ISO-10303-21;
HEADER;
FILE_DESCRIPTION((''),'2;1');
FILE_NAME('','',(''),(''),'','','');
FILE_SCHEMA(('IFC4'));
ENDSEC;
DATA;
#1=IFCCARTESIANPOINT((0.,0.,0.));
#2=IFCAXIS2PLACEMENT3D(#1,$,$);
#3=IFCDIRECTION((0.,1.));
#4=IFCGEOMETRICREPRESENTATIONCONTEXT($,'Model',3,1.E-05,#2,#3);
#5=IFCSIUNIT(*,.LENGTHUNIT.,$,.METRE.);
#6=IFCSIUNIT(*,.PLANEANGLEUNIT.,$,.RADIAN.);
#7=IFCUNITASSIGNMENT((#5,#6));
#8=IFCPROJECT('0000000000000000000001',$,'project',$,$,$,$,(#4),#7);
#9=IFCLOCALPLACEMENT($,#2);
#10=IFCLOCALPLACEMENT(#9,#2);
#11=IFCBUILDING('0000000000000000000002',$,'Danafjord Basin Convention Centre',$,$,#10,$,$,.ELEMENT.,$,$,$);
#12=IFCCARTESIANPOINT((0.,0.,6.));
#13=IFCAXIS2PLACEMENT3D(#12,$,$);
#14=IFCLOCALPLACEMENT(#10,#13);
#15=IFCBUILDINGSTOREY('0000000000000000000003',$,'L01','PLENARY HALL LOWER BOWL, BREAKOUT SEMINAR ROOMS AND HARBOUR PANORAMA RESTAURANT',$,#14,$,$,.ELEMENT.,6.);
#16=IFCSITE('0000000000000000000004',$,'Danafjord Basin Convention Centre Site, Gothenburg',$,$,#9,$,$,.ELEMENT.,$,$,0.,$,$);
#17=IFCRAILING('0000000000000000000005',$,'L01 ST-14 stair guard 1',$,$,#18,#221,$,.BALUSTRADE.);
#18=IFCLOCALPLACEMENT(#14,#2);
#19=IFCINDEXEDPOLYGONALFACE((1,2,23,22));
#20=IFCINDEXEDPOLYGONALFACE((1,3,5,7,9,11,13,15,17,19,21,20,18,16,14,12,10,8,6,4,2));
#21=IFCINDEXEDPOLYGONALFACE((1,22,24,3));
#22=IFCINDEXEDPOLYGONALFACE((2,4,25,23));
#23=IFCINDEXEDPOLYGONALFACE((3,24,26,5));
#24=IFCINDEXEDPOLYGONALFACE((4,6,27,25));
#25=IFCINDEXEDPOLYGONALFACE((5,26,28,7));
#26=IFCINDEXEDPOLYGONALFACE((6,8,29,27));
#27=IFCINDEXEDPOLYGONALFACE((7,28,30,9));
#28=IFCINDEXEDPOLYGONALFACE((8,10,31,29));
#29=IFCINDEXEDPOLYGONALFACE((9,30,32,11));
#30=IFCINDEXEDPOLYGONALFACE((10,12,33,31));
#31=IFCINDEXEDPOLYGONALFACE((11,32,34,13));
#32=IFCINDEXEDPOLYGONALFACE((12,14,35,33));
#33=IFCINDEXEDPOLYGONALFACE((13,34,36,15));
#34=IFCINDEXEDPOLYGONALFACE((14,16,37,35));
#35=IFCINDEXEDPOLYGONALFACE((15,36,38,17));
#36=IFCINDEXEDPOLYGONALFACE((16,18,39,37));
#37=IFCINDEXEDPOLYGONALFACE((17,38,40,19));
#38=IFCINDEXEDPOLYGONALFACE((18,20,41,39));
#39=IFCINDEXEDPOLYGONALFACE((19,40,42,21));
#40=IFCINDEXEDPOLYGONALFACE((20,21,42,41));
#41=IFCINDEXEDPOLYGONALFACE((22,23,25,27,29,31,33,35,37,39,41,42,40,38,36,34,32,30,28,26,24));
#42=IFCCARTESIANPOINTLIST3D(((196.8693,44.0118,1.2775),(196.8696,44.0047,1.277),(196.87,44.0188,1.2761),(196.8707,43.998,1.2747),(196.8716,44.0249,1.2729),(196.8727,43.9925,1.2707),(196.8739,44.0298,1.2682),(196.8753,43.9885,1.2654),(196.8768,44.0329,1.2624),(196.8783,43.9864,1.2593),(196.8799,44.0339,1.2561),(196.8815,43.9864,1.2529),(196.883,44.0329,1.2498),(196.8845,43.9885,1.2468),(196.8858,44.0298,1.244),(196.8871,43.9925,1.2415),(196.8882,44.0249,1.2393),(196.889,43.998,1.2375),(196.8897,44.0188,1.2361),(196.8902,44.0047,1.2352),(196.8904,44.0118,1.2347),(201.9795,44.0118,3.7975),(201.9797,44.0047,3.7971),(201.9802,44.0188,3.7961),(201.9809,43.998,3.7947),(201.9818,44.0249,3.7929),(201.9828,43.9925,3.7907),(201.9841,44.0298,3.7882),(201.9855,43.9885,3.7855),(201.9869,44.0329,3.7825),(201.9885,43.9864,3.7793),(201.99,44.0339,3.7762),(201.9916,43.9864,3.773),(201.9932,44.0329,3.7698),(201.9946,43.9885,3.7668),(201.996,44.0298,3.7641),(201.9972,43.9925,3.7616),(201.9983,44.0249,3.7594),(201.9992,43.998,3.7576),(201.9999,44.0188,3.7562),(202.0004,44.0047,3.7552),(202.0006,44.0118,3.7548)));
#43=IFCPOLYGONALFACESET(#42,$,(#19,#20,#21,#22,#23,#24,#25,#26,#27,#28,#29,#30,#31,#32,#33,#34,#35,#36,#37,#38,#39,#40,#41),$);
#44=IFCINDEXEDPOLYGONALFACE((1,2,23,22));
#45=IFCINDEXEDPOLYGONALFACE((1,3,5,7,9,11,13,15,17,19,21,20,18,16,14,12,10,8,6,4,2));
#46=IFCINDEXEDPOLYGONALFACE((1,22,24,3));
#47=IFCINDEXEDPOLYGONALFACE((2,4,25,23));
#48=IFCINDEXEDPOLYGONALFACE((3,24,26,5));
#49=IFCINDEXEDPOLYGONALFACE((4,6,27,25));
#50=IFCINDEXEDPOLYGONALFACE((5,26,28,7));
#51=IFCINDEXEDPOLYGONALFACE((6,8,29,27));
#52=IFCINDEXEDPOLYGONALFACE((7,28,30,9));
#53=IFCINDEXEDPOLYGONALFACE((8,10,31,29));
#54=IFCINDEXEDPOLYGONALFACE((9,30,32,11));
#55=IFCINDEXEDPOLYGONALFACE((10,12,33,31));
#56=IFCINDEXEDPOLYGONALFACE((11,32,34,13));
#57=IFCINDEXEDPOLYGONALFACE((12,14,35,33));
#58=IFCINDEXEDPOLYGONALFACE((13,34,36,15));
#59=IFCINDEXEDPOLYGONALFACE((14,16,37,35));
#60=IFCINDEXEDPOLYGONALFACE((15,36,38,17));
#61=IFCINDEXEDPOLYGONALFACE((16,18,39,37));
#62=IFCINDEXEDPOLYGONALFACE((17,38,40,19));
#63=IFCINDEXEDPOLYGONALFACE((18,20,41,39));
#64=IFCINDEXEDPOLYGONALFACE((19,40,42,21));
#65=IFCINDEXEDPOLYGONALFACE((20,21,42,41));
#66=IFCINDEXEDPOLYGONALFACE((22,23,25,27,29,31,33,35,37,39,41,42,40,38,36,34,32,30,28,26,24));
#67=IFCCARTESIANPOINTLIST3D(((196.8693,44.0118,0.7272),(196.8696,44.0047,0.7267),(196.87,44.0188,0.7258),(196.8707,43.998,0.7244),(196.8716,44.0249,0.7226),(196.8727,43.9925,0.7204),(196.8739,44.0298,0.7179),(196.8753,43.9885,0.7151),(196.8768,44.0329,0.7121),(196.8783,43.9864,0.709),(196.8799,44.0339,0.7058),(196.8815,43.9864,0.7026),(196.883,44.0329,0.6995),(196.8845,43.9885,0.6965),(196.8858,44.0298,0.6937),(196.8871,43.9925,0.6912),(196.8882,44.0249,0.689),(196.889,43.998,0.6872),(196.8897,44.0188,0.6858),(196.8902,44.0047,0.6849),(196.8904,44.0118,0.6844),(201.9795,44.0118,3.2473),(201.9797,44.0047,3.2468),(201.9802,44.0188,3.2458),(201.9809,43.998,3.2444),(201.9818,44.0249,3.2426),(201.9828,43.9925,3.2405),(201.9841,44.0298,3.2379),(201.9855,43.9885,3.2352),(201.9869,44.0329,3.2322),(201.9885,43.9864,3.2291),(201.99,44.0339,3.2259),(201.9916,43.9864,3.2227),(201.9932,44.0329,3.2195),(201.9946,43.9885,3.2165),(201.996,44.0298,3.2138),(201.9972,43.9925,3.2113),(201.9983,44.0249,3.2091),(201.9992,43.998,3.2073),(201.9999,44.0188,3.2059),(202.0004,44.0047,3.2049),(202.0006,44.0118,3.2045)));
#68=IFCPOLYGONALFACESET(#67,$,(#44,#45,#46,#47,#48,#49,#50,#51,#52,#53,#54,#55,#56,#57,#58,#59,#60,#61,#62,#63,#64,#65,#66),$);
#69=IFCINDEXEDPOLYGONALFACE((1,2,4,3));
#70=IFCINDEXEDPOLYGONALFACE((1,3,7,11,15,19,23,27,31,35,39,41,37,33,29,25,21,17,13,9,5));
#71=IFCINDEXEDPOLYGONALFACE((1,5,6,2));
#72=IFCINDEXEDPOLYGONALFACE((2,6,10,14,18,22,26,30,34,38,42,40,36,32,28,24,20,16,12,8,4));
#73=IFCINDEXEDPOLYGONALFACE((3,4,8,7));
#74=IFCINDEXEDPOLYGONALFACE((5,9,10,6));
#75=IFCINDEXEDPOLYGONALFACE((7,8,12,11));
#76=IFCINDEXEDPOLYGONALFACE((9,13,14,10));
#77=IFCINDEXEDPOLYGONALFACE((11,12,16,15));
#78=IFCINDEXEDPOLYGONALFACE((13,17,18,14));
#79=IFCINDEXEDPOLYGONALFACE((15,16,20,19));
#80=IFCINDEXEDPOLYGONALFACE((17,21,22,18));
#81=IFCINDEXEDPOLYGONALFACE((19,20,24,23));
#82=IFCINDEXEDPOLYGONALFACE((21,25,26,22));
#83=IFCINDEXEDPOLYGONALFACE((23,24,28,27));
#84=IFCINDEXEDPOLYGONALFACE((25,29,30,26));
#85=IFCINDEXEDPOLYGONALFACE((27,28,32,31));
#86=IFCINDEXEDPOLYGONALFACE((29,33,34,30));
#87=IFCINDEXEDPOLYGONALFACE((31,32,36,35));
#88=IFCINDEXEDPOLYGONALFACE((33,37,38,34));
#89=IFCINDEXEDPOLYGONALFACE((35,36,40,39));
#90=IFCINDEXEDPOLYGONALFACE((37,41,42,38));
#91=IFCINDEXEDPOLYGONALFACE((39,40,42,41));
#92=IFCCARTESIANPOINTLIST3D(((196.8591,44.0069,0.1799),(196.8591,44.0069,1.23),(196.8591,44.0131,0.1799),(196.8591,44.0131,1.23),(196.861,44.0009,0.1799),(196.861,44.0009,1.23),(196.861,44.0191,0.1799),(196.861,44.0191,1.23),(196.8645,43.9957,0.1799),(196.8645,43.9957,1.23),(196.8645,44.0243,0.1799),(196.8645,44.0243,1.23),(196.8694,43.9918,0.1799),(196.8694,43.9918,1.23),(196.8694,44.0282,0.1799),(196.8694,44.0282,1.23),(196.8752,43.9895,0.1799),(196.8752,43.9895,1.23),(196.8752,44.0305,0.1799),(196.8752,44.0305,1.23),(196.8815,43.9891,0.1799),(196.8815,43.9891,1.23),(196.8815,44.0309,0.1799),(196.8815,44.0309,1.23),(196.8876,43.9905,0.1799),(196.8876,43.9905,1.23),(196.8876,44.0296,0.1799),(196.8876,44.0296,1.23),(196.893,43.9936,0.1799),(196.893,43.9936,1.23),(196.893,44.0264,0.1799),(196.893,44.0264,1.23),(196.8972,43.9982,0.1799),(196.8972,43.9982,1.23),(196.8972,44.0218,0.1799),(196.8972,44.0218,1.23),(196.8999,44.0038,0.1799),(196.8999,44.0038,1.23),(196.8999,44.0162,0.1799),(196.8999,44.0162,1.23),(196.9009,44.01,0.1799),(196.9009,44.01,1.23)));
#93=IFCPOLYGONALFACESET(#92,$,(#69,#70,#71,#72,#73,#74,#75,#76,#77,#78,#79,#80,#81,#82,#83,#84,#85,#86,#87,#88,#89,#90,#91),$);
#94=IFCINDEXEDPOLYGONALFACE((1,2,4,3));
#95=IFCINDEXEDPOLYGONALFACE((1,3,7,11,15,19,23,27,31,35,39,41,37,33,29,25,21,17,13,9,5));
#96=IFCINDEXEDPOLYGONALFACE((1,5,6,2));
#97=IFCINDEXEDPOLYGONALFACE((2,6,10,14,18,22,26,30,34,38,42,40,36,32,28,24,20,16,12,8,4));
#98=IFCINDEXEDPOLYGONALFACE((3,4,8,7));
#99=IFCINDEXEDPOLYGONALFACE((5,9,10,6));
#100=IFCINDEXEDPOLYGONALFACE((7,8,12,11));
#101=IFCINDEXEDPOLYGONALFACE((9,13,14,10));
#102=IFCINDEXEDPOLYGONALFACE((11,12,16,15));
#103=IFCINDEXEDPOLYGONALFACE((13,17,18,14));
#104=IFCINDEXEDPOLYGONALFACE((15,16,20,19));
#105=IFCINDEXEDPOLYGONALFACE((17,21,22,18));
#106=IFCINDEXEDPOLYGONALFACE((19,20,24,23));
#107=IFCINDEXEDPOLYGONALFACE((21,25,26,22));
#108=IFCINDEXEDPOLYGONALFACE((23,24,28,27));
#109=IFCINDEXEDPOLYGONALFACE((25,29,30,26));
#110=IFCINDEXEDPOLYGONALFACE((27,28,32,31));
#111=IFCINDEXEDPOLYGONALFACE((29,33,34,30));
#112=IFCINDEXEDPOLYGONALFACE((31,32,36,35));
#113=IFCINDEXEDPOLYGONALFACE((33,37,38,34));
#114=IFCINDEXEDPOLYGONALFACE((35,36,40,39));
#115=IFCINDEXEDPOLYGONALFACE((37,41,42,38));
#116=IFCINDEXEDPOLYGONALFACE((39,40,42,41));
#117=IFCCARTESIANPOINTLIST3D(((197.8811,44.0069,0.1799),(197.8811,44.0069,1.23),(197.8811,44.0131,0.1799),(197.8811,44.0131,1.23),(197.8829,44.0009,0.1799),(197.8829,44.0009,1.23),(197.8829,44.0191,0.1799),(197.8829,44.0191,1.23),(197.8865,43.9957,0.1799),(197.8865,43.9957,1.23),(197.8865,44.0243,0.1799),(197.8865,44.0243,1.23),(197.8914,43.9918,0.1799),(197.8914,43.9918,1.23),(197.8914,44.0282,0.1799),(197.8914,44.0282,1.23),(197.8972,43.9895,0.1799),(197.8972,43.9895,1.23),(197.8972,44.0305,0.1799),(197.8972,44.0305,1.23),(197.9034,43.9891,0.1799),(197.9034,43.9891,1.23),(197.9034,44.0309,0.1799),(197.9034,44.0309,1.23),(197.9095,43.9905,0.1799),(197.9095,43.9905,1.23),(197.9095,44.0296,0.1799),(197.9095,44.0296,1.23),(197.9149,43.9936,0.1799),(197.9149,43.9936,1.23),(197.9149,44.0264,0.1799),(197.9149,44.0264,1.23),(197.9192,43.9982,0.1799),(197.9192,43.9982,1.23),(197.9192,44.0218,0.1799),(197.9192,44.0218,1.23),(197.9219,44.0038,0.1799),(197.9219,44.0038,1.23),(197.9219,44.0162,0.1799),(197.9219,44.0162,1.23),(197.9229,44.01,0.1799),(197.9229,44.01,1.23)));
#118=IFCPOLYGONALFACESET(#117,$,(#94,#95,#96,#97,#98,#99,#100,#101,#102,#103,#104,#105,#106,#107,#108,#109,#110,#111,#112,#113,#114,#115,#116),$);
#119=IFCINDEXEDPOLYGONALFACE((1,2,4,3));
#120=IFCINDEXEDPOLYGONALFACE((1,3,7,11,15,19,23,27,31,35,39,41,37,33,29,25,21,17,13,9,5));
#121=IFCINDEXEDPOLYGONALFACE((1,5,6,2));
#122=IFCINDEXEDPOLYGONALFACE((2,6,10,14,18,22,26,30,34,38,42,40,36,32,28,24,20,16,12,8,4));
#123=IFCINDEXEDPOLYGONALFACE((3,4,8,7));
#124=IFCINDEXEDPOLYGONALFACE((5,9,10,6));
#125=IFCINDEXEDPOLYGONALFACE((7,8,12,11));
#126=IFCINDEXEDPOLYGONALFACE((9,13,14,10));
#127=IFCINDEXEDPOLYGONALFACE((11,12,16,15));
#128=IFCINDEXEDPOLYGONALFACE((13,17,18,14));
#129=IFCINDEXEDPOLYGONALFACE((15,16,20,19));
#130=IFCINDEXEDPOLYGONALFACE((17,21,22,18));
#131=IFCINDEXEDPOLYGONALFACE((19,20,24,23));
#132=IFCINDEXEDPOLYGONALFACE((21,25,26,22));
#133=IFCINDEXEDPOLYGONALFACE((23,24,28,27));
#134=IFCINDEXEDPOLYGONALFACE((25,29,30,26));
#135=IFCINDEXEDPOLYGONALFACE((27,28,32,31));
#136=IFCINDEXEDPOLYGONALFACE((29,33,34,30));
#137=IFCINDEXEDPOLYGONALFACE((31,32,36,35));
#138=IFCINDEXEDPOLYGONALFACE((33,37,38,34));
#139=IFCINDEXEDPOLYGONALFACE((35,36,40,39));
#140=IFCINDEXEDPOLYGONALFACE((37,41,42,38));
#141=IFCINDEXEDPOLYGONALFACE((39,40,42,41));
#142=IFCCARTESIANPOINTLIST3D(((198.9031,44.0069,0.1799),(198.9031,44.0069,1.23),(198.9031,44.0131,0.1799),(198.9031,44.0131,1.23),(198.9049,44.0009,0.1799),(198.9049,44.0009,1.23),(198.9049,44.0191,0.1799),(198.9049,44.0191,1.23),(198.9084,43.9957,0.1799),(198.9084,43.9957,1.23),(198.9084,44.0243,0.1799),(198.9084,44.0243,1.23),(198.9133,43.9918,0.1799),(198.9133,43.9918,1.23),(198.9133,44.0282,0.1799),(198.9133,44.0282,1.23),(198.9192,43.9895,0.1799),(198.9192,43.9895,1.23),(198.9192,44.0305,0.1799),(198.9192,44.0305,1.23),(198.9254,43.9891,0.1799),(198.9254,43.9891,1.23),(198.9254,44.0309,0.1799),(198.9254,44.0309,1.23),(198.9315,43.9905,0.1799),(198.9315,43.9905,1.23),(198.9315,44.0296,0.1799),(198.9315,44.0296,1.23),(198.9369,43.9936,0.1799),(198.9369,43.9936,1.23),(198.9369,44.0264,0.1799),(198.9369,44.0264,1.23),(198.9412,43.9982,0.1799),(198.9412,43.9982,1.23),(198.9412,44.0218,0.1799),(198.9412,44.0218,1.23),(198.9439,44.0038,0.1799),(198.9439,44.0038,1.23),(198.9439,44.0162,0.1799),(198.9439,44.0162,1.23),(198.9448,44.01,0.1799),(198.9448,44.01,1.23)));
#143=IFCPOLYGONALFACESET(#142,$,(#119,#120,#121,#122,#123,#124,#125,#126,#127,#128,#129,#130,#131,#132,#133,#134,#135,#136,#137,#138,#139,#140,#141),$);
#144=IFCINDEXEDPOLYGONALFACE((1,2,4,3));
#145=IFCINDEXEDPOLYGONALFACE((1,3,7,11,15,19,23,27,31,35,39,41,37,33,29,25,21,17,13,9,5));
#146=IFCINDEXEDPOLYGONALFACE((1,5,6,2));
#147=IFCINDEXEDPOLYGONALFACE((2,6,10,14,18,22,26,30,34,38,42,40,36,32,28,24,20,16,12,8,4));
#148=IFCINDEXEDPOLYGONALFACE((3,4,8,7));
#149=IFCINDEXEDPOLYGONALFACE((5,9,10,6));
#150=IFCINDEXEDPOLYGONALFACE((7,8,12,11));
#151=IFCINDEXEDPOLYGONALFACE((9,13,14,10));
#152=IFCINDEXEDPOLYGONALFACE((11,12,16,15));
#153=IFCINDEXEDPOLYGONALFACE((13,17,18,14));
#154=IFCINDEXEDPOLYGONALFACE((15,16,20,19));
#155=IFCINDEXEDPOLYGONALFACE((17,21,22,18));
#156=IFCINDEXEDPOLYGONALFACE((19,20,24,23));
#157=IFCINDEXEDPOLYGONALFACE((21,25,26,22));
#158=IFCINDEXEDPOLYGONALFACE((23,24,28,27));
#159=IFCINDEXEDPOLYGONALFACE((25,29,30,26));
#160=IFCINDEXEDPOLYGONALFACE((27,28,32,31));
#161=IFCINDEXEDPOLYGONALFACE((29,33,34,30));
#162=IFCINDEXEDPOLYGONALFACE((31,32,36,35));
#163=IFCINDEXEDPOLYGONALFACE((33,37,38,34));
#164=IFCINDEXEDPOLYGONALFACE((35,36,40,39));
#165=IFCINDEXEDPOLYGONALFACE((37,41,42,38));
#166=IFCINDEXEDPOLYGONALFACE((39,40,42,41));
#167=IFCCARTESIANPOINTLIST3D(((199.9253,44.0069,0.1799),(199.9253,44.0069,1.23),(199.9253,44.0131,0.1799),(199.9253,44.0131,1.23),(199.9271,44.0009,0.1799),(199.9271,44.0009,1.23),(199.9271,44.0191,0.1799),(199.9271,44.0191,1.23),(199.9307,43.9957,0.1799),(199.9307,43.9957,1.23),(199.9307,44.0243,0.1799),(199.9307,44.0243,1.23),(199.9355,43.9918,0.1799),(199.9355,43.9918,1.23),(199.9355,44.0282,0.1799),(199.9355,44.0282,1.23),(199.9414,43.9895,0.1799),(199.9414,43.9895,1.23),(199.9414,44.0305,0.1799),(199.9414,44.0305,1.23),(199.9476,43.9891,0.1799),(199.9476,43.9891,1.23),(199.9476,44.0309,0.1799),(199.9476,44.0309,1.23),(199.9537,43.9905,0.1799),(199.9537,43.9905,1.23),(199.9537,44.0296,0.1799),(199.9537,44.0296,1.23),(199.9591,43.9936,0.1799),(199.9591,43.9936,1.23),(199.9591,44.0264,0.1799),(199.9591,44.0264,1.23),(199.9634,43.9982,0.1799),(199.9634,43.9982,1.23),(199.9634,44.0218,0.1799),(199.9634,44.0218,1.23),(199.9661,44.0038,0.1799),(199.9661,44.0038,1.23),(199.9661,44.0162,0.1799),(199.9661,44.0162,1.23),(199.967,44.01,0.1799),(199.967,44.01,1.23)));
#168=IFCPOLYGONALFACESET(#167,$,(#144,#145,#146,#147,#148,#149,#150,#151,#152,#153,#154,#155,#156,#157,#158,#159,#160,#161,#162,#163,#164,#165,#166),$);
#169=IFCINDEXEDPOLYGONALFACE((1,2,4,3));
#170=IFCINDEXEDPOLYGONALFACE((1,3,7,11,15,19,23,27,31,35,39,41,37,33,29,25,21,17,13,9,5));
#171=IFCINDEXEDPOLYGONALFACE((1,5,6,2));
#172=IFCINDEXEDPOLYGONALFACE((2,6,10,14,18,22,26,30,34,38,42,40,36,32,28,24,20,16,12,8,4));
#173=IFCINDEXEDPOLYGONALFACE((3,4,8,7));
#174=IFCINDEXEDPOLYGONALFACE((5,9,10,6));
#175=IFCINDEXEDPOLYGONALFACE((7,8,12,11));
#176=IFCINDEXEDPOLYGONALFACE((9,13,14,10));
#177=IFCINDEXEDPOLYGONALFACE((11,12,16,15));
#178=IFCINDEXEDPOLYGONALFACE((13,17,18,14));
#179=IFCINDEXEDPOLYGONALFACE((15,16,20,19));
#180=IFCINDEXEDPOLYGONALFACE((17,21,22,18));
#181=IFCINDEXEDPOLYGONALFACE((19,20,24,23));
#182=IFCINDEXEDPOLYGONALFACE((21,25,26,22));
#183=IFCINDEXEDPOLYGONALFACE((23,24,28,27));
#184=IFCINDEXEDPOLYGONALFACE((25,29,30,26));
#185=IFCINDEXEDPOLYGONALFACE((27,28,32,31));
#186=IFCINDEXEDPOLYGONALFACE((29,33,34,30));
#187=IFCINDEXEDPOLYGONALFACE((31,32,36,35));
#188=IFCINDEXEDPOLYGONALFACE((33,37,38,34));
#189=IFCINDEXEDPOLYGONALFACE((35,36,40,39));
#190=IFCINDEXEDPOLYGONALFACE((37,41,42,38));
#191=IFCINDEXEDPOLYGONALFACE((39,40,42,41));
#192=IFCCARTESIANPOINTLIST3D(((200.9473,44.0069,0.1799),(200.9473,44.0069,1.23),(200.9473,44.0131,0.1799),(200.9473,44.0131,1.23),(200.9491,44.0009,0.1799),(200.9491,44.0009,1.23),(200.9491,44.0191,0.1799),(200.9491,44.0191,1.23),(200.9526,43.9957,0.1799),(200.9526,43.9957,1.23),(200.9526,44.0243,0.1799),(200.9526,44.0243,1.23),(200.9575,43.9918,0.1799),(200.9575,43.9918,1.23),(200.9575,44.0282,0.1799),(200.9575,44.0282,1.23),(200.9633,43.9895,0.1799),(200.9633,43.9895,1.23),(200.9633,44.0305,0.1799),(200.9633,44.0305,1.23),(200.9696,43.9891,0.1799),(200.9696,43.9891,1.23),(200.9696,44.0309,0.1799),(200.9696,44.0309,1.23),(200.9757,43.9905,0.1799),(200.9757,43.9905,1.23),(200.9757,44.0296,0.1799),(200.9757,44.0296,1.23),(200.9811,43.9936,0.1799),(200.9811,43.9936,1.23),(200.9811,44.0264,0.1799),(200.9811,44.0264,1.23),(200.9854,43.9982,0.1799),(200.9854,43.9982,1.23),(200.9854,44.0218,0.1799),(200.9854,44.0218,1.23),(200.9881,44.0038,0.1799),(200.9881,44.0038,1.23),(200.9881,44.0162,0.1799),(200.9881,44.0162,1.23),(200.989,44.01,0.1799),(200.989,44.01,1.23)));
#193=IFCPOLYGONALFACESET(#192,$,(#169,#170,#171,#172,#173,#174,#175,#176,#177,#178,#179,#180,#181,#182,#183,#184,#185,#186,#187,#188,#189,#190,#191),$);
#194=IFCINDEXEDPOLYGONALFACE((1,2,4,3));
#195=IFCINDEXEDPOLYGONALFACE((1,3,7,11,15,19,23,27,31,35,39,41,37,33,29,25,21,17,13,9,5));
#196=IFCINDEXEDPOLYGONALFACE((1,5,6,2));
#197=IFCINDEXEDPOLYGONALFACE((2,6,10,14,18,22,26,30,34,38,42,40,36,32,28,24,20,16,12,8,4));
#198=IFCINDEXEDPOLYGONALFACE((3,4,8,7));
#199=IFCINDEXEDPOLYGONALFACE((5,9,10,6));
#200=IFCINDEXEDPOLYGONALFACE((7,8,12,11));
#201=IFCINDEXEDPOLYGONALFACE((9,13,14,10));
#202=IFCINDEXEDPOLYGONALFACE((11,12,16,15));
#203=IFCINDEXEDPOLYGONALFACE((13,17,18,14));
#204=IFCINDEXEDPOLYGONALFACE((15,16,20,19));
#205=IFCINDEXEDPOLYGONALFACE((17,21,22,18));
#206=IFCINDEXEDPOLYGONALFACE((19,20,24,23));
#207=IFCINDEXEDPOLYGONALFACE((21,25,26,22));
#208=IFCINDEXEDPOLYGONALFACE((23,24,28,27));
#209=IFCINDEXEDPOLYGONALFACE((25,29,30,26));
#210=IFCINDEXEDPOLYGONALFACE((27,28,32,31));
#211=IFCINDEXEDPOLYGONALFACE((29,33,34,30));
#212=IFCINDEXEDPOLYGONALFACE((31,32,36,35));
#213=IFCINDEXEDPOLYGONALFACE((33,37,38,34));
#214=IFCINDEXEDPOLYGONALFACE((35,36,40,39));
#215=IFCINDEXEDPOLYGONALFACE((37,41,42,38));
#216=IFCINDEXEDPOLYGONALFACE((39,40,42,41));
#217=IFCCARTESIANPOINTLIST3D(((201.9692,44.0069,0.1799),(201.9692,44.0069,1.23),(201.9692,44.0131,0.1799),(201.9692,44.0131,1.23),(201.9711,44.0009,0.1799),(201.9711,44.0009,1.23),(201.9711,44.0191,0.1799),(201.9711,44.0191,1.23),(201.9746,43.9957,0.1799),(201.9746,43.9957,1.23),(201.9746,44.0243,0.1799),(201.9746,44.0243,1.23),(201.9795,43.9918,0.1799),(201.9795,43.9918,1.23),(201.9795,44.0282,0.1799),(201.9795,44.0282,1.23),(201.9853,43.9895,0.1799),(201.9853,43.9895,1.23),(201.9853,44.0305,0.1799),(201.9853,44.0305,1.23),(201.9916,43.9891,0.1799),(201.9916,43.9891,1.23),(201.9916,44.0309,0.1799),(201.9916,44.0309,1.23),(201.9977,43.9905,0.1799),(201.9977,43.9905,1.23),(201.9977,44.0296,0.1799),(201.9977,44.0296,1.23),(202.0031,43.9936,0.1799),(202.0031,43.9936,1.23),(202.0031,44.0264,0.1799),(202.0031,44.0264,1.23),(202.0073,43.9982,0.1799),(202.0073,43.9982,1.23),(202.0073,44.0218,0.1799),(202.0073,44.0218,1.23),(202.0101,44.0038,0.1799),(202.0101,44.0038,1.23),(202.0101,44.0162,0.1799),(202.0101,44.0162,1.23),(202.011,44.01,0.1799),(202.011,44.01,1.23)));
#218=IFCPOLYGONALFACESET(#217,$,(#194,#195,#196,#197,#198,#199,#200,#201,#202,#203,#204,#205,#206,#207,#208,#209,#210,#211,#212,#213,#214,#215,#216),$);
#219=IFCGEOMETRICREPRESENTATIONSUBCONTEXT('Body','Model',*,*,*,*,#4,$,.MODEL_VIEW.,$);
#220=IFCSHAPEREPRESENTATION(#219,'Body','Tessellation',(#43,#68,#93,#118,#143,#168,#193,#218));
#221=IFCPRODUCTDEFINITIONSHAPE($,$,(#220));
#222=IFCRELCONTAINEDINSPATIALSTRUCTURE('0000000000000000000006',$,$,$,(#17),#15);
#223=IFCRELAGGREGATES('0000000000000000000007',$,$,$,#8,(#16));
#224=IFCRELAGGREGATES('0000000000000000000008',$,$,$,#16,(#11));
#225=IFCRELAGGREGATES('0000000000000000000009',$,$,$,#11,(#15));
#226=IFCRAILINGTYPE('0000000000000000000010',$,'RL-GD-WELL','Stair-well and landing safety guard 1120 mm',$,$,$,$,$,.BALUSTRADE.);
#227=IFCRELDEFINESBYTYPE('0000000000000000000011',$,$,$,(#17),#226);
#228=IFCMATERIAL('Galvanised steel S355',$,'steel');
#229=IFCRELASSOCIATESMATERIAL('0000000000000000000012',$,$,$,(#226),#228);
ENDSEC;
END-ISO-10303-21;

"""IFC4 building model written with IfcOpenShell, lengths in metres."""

from ifc_helpers import new_model, si_unit, direction, frame, origin, origin_2d, place, context, subcontext, project, spatial, circle, extrude, material, type_object, element, save


model = new_model("IFC4")

# Units and contexts
model_context = context("Model", 3, precision=1e-05, world=origin(), true_north=direction((0.0, 1.0)))
body_context = subcontext(model_context, "Body", "Model", "MODEL_VIEW")
ifc_project = project(units=[si_unit("LENGTHUNIT", "METRE"), si_unit("PLANEANGLEUNIT", "RADIAN")], contexts=[model_context])

# Site, building, storey
site_placement = place(None, origin())
site = spatial("IfcSite", under=ifc_project, at=site_placement, Name="Danafjord Basin Convention Centre Site, Gothenburg", CompositionType="ELEMENT", RefElevation=0.0)
building_placement = place(site_placement, origin())
building = spatial("IfcBuilding", under=site, at=building_placement, Name="Danafjord Basin Convention Centre", CompositionType="ELEMENT")
storey_placement = place(building_placement, frame((0.0, 0.0, 6.0)))
storey = spatial("IfcBuildingStorey", under=building, at=storey_placement, Name="L01", Description="PLENARY HALL LOWER BOWL, BREAKOUT SEMINAR ROOMS AND HARBOUR PANORAMA RESTAURANT", CompositionType="ELEMENT", Elevation=6.0)

# Railing
ifc_material_1 = material(Name="Galvanised steel S355", Category="steel")
railing_type_1 = type_object("IfcRailingType", Name="RL-GD-WELL", Description="Stair-well and landing safety guard 1120 mm", PredefinedType="BALUSTRADE", material=ifc_material_1)
railing_1_placement = place(storey_placement, frame((196.8799, 44.01, 0.1799)))
element("IfcRailing", 1, at=railing_1_placement, inside=storey, type_object=railing_type_1, Name="L01 ST-14 stair guard 1", PredefinedType="BALUSTRADE", context=body_context, shape_type="SweptSolid", body=[
    extrude(circle(Radius=0.0239, at=origin_2d()), frame((0.0, 0.0, 1.0762), z_axis=(0.896873, 0.0, 0.442288), x_axis=(0.0, 1.0, 0.0)), (0.0, 0.0, 1.0), 5.6978),
    extrude(circle(Radius=0.0239, at=origin_2d()), frame((0.0, 0.0, 0.5259), z_axis=(0.896873, 0.0, 0.442288), x_axis=(0.0, 1.0, 0.0)), (0.0, 0.0, 1.0), 5.6978),
    extrude(circle(Radius=0.021, at=origin_2d()), origin(), (0.0, 0.0, 1.0), 1.05),
    extrude(circle(Radius=0.021, at=origin_2d()), frame((1.022, 0.0, 0.0)), (0.0, 0.0, 1.0), 1.05),
    extrude(circle(Radius=0.021, at=origin_2d()), frame((2.0439, 0.0, 0.0)), (0.0, 0.0, 1.0), 1.05),
    extrude(circle(Radius=0.021, at=origin_2d()), frame((3.0662, 0.0, 0.0)), (0.0, 0.0, 1.0), 1.05),
    extrude(circle(Radius=0.021, at=origin_2d()), frame((4.0881, 0.0, 0.0)), (0.0, 0.0, 1.0), 1.05),
    extrude(circle(Radius=0.021, at=origin_2d()), frame((5.1101, 0.0, 0.0)), (0.0, 0.0, 1.0), 1.05),
])

save(model, "model.ifc")
